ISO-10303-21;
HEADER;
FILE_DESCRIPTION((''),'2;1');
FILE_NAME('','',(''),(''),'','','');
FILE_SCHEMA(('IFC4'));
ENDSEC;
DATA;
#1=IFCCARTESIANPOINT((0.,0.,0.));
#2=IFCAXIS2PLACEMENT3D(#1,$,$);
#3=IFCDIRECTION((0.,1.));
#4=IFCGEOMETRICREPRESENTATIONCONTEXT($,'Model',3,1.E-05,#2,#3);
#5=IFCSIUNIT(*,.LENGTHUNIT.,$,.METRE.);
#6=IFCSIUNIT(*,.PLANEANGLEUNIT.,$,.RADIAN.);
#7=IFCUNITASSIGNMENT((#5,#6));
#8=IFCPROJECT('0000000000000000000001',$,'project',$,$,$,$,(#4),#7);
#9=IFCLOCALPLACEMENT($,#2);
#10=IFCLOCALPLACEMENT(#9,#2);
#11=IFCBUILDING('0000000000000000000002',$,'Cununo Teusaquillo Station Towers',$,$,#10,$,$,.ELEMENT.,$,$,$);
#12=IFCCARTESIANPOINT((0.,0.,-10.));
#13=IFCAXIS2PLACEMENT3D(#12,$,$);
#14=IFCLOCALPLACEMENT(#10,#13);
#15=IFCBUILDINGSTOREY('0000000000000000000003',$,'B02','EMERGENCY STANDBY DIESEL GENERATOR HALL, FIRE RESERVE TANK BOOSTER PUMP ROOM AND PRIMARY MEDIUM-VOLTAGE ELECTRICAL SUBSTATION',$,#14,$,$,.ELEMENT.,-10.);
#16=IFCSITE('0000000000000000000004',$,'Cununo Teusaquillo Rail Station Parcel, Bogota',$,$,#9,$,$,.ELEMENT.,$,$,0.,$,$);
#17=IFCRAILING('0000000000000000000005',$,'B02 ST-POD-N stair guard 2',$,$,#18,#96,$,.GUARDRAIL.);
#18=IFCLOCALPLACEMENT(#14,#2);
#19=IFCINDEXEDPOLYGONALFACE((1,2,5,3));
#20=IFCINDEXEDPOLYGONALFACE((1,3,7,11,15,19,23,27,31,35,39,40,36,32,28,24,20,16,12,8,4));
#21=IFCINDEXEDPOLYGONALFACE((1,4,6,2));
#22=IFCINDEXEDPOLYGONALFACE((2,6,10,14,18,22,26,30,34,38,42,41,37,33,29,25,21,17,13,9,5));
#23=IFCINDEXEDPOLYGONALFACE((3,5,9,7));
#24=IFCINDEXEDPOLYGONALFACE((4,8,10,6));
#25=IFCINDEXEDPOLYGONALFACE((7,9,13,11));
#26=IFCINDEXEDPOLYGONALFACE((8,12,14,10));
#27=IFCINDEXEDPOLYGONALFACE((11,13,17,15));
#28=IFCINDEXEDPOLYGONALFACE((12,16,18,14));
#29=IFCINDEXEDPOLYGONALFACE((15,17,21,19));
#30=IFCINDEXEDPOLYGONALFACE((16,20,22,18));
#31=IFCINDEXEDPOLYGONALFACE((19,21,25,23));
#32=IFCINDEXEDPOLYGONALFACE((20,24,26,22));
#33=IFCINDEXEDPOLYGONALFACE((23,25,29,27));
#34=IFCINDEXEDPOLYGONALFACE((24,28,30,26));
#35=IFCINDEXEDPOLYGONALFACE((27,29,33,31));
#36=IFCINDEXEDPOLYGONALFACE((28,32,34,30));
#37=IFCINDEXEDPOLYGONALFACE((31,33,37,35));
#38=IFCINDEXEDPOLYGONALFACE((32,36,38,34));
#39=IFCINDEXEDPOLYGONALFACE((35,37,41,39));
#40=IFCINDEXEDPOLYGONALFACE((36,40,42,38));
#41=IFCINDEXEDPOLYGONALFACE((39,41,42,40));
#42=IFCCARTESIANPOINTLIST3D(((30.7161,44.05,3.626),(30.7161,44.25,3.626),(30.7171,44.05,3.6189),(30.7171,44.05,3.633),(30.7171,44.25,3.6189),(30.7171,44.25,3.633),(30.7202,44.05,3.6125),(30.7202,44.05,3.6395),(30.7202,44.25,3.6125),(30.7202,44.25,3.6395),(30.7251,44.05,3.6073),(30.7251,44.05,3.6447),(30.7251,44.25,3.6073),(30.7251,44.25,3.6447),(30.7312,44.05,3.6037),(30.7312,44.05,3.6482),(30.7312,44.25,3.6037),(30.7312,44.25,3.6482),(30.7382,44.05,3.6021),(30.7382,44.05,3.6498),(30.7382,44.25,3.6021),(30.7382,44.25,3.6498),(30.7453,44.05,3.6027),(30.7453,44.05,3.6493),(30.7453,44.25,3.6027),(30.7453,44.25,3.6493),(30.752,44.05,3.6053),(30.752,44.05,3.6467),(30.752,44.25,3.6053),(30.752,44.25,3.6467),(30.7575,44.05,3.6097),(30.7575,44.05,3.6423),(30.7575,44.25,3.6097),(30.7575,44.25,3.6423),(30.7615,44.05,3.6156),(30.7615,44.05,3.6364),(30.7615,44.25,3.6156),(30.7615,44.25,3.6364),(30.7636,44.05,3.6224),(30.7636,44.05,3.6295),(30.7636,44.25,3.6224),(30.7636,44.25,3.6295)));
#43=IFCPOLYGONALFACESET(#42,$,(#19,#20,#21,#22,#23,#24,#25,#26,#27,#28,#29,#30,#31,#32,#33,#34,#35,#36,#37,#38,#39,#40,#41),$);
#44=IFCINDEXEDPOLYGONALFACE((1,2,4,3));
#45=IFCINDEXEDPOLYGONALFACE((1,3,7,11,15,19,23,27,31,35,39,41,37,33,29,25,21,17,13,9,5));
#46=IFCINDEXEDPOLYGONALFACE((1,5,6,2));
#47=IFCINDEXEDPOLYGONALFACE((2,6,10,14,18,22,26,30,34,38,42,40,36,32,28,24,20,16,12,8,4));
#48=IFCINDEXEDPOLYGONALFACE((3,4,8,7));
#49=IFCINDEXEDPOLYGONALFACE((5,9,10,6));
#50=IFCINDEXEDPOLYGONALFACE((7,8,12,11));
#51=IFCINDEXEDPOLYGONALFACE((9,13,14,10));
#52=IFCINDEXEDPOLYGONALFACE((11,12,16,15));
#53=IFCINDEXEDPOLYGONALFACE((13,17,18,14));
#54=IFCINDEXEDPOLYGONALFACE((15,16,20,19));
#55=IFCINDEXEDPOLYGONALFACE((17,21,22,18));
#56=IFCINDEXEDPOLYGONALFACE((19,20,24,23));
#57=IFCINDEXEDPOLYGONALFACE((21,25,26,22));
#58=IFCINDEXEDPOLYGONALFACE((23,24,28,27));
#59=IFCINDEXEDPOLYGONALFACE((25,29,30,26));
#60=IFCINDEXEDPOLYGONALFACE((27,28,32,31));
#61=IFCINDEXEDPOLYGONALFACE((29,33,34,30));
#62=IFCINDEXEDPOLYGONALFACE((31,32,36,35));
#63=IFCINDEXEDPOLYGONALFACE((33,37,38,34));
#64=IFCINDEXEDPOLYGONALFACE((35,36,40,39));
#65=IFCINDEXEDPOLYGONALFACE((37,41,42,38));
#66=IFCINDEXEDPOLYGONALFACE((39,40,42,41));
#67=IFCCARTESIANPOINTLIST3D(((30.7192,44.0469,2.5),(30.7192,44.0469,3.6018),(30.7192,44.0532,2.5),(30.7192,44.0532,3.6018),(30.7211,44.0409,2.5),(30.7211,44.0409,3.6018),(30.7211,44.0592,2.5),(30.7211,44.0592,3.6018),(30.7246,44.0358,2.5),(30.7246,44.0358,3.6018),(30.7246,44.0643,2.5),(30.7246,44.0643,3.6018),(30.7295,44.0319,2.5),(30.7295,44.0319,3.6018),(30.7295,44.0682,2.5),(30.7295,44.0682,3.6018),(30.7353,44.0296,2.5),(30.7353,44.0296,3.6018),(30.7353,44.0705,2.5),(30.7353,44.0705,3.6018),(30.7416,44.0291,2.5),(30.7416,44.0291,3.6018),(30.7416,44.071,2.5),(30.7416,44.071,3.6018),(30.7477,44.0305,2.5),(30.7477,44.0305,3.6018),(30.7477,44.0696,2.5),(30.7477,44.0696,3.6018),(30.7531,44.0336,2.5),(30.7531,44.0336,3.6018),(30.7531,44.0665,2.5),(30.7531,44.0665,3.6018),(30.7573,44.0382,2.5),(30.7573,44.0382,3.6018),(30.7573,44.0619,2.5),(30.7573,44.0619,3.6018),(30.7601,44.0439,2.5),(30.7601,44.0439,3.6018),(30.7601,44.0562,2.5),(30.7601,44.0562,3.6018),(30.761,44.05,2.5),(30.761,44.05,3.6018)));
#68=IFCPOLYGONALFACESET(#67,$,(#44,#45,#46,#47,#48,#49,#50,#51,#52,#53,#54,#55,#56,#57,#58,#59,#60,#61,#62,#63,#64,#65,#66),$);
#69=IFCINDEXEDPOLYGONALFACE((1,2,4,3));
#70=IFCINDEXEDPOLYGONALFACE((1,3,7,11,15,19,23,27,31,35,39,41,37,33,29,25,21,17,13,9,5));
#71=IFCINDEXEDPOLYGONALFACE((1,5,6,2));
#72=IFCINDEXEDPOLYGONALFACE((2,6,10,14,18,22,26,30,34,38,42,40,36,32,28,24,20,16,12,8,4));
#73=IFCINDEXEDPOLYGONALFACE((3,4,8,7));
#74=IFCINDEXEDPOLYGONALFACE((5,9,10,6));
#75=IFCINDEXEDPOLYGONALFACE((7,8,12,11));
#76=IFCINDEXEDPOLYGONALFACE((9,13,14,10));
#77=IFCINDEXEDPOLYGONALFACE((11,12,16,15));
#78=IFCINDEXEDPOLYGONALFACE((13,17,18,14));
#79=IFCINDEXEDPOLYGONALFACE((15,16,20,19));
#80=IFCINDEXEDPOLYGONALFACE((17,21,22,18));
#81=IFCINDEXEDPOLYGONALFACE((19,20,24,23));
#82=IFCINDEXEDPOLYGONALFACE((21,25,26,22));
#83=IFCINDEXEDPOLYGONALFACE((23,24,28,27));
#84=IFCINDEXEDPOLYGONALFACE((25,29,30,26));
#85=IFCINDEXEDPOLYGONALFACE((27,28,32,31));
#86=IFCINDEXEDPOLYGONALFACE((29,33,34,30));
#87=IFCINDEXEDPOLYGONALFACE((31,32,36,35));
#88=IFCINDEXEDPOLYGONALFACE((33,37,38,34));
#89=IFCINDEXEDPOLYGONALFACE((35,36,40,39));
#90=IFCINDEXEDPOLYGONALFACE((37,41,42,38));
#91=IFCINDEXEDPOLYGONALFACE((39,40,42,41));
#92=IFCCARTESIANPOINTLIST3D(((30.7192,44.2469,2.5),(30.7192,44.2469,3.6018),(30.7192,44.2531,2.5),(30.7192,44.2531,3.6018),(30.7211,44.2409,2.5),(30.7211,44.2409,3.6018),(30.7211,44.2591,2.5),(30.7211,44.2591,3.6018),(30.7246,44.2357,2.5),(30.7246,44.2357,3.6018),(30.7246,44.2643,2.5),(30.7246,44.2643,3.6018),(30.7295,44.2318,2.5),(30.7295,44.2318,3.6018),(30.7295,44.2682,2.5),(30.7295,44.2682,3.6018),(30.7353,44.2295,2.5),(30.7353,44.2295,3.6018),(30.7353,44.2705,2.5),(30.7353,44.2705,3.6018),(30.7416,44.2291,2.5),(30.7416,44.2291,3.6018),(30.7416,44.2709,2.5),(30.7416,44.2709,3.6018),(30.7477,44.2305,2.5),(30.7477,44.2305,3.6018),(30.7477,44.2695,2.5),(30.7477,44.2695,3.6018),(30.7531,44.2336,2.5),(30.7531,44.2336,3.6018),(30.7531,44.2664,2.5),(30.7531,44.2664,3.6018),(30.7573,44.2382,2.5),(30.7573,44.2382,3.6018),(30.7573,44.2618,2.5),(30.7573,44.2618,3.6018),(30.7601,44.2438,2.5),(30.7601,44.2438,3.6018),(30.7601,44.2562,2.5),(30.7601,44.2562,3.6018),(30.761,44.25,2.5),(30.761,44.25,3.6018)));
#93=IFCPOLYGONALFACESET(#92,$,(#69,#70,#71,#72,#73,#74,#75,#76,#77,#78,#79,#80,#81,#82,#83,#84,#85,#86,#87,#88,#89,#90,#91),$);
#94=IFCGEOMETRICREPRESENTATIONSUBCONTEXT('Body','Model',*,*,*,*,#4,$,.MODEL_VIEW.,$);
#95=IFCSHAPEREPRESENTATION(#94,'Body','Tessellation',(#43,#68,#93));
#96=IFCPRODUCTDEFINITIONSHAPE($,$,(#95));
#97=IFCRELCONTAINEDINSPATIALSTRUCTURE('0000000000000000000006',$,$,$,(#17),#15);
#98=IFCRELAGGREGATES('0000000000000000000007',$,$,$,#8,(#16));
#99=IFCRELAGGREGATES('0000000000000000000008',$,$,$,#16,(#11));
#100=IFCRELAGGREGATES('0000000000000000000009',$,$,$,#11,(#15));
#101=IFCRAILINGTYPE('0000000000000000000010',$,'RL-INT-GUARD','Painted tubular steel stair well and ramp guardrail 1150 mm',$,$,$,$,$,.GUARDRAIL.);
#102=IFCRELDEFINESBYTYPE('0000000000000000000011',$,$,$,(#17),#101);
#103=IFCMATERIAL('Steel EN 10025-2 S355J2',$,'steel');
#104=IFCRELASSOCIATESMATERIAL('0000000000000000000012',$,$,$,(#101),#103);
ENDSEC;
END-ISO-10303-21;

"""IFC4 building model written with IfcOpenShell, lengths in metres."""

from ifc_helpers import new_model, si_unit, direction, frame, origin, origin_2d, place, context, subcontext, project, spatial, circle, extrude, material, type_object, element, save


model = new_model("IFC4")

# Units and contexts
model_context = context("Model", 3, precision=1e-05, world=origin(), true_north=direction((0.0, 1.0)))
body_context = subcontext(model_context, "Body", "Model", "MODEL_VIEW")
ifc_project = project(units=[si_unit("LENGTHUNIT", "METRE"), si_unit("PLANEANGLEUNIT", "RADIAN")], contexts=[model_context])

# Site, building, storey
site_placement = place(None, origin())
site = spatial("IfcSite", under=ifc_project, at=site_placement, Name="Cununo Teusaquillo Rail Station Parcel, Bogota", CompositionType="ELEMENT", RefElevation=0.0)
building_placement = place(site_placement, origin())
building = spatial("IfcBuilding", under=site, at=building_placement, Name="Cununo Teusaquillo Station Towers", CompositionType="ELEMENT")
storey_placement = place(building_placement, frame((0.0, 0.0, -10.0)))
storey = spatial("IfcBuildingStorey", under=building, at=storey_placement, Name="B02", Description="EMERGENCY STANDBY DIESEL GENERATOR HALL, FIRE RESERVE TANK BOOSTER PUMP ROOM AND PRIMARY MEDIUM-VOLTAGE ELECTRICAL SUBSTATION", CompositionType="ELEMENT", Elevation=-10.0)

# Railing
ifc_material_1 = material(Name="Steel EN 10025-2 S355J2", Category="steel")
railing_type_1 = type_object("IfcRailingType", Name="RL-INT-GUARD", Description="Painted tubular steel stair well and ramp guardrail 1150 mm", PredefinedType="GUARDRAIL", material=ifc_material_1)
railing_1_placement = place(storey_placement, frame((30.74, 44.05, 2.5)))
element("IfcRailing", 1, at=railing_1_placement, inside=storey, type_object=railing_type_1, Name="B02 ST-POD-N stair guard 2", PredefinedType="GUARDRAIL", context=body_context, shape_type="SweptSolid", body=[
    extrude(circle(Radius=0.0239, at=origin_2d()), frame((0.0, 0.0, 1.126), z_axis=(0.0, 1.0, 0.0), x_axis=(-1.0, 0.0, 0.0)), (0.0, 0.0, 1.0), 0.2),
    extrude(circle(Radius=0.021, at=origin_2d()), origin(), (0.0, 0.0, 1.0), 1.1018),
    extrude(circle(Radius=0.021, at=origin_2d()), frame((0.0, 0.2, 0.0)), (0.0, 0.0, 1.0), 1.1018),
])

save(model, "model.ifc")
